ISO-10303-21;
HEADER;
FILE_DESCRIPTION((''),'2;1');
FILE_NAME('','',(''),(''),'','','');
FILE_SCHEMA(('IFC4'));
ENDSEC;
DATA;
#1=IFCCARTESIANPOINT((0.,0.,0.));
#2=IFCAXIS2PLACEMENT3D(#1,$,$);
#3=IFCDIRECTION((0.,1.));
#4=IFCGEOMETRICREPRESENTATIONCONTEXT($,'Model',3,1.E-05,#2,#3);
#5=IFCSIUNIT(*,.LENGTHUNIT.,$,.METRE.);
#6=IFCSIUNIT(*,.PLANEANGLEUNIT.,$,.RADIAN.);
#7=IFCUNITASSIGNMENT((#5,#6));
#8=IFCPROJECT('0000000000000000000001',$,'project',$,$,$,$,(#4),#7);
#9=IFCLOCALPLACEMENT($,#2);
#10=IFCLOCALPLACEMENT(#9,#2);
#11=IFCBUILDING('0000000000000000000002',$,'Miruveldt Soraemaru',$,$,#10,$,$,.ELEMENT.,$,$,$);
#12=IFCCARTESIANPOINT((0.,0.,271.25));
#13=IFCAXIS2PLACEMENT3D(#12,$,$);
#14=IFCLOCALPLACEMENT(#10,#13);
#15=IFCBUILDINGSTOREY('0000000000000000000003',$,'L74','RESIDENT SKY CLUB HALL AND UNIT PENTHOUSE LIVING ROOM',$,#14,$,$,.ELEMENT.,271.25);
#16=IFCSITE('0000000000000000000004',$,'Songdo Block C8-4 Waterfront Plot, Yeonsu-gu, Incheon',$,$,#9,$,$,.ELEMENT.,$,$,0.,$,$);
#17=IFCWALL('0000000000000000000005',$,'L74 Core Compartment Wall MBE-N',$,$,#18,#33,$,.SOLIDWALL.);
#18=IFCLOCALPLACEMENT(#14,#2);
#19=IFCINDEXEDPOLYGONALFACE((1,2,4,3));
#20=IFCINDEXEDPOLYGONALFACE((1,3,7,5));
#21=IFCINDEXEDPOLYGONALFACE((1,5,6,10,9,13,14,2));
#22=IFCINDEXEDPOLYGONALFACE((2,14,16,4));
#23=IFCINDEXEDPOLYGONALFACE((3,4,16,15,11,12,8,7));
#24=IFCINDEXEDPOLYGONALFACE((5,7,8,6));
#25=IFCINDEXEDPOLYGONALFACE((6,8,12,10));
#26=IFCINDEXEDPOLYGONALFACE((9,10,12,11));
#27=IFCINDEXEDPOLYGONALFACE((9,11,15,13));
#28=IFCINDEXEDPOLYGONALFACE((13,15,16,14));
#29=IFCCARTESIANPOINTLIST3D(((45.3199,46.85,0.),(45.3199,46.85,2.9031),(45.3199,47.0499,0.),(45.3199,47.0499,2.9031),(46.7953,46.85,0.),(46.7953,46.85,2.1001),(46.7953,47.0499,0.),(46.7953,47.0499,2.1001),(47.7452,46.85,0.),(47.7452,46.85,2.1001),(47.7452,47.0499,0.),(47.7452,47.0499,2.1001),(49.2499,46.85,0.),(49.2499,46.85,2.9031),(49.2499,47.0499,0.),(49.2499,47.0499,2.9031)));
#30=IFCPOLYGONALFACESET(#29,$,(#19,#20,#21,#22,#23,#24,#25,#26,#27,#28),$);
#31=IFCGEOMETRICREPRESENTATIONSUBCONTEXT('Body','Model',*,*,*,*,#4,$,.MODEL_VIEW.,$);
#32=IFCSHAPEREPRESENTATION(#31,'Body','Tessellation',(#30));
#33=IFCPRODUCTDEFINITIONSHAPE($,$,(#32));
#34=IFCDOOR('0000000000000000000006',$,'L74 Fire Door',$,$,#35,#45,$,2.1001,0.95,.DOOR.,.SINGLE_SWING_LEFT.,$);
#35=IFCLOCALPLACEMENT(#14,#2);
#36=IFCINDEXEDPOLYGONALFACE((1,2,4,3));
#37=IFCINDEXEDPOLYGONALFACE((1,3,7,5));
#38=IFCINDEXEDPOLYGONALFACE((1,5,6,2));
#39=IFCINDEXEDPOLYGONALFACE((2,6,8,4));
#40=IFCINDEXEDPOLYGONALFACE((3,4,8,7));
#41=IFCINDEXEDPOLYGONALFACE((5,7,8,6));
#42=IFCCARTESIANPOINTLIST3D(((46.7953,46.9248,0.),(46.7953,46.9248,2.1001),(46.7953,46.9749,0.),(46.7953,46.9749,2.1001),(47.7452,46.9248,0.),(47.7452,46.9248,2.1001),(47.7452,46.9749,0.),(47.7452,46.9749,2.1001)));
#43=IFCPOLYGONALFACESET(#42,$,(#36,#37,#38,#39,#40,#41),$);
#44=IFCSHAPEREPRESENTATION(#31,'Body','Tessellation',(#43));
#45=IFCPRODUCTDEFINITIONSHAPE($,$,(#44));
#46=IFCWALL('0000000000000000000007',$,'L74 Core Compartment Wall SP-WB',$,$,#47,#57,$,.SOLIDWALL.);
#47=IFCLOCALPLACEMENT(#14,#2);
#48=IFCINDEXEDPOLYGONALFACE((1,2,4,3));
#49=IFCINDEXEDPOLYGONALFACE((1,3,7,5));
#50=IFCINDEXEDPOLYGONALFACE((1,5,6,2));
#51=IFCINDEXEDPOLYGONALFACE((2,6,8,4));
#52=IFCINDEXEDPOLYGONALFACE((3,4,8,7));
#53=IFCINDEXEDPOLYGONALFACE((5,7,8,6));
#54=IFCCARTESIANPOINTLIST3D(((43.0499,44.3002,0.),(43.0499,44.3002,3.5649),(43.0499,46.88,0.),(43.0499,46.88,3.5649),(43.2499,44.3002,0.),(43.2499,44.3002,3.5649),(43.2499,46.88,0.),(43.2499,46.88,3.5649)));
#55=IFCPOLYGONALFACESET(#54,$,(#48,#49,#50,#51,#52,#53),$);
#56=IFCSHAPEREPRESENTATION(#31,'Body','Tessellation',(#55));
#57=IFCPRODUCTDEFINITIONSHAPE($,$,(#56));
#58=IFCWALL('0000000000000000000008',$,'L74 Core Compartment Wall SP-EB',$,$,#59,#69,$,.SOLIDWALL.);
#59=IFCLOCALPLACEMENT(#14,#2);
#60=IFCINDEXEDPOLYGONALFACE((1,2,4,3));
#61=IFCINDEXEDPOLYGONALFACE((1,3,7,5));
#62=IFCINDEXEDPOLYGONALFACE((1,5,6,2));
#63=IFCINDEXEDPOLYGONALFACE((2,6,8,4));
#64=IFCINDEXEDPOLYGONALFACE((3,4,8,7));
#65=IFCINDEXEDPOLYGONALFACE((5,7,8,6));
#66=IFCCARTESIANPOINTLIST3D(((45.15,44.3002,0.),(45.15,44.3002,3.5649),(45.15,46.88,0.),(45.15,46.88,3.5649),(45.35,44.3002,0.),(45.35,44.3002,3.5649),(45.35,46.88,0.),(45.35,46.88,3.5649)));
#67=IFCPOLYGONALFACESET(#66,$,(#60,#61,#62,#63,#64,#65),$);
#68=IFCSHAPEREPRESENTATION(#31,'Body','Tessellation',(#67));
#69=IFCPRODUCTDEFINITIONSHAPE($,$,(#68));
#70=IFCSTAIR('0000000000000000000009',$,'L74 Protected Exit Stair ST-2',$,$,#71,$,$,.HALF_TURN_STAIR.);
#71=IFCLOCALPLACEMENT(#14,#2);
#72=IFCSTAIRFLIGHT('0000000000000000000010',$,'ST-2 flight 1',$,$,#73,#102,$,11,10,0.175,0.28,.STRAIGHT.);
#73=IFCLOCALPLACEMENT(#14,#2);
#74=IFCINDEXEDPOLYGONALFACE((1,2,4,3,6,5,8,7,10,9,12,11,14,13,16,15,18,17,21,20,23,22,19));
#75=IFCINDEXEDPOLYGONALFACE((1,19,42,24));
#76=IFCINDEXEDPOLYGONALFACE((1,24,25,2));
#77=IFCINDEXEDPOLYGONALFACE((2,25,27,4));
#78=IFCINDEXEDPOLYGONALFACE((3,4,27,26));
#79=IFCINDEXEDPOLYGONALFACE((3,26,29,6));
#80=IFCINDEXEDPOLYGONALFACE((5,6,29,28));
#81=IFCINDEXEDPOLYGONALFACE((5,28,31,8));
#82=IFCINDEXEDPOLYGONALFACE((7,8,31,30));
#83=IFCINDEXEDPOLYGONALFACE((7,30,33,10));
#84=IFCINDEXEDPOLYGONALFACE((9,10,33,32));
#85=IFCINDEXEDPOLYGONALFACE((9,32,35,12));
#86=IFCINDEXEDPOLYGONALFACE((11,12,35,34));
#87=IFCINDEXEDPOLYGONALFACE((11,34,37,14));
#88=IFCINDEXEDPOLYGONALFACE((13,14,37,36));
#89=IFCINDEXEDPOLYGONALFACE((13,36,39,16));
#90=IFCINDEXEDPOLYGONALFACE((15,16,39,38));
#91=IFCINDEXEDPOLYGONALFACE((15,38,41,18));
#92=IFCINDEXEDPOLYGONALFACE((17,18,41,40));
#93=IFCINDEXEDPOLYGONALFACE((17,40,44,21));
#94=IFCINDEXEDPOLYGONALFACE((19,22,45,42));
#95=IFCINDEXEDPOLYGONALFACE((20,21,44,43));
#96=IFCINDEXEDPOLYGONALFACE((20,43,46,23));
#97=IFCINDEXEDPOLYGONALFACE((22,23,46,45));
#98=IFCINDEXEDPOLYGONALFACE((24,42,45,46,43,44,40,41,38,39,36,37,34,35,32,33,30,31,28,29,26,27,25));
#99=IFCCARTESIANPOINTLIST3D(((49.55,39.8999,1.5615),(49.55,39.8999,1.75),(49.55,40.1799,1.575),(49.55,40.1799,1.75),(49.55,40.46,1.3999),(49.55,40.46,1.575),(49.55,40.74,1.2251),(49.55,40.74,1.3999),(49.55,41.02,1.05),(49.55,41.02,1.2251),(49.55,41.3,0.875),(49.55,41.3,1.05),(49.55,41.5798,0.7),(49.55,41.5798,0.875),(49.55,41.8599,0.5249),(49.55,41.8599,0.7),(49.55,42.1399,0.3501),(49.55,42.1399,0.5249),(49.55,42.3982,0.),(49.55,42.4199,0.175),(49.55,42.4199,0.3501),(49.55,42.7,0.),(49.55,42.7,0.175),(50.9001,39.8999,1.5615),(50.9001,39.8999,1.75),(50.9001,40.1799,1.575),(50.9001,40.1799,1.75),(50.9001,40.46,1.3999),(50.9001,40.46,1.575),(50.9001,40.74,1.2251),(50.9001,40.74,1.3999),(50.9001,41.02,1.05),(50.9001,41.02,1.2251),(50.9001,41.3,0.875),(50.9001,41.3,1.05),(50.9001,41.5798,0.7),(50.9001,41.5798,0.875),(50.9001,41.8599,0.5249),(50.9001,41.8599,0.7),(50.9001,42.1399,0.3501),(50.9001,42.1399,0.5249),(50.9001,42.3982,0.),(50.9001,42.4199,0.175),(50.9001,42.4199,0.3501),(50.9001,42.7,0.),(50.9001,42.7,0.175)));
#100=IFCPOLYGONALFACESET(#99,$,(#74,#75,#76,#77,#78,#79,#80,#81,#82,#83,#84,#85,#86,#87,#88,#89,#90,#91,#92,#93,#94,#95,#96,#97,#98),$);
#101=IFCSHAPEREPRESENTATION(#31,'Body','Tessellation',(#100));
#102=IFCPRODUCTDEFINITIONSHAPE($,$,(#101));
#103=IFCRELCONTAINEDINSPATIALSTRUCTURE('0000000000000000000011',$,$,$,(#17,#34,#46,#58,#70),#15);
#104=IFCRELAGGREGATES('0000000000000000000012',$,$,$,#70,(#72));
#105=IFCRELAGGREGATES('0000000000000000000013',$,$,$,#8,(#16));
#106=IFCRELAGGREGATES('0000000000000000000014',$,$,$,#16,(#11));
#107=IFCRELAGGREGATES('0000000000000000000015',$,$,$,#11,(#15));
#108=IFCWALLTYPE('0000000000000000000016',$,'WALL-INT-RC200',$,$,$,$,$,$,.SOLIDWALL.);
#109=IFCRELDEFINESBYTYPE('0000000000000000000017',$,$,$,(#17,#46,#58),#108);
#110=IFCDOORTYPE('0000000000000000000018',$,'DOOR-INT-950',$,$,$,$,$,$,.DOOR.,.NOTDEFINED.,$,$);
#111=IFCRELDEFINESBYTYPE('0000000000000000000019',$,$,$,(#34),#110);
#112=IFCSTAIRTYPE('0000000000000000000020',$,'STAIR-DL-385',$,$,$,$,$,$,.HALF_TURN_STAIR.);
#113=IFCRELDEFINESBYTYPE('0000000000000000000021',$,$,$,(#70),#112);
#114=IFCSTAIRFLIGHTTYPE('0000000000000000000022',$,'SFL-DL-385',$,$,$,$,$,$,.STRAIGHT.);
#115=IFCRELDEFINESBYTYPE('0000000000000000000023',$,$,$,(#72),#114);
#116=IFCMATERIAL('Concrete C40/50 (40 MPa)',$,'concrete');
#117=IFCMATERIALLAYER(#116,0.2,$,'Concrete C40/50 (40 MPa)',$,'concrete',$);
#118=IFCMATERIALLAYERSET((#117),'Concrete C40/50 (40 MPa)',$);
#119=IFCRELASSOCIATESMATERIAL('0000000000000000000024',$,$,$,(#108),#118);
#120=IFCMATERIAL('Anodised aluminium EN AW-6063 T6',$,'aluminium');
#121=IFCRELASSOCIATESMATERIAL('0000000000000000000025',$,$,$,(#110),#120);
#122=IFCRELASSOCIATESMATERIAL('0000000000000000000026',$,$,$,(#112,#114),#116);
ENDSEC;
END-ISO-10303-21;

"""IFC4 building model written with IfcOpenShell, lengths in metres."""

from ifc_helpers import new_model, si_unit, direction, frame, frame_2d, origin, place, context, subcontext, project, spatial, polyline, rectangle, outline, extrude, material, layer, layer_set, type_object, element, fill, aggregate, save


model = new_model("IFC4")

# Units and contexts
model_context = context("Model", 3, precision=1e-05, world=origin(), true_north=direction((0.0, 1.0)))
body_context = subcontext(model_context, "Body", "Model", "MODEL_VIEW")
ifc_project = project(units=[si_unit("LENGTHUNIT", "METRE"), si_unit("PLANEANGLEUNIT", "RADIAN")], contexts=[model_context])

# Site, building, storey
site_placement = place(None, origin())
site = spatial("IfcSite", under=ifc_project, at=site_placement, Name="Songdo Block C8-4 Waterfront Plot, Yeonsu-gu, Incheon", CompositionType="ELEMENT", RefElevation=0.0)
building_placement = place(site_placement, origin())
building = spatial("IfcBuilding", under=site, at=building_placement, Name="Miruveldt Soraemaru", CompositionType="ELEMENT")
storey_placement = place(building_placement, frame((0.0, 0.0, 271.25)))
storey = spatial("IfcBuildingStorey", under=building, at=storey_placement, Name="L74", Description="RESIDENT SKY CLUB HALL AND UNIT PENTHOUSE LIVING ROOM", CompositionType="ELEMENT", Elevation=271.25)

# Wall, opening, door
ifc_material_1 = material(Name="Concrete C40/50 (40 MPa)", Category="concrete")
ifc_layer_1 = layer(ifc_material_1, 0.2, Name="Concrete C40/50 (40 MPa)", Category="concrete")
ifc_layer_set_1 = layer_set([ifc_layer_1], Name="Concrete C40/50 (40 MPa)")
wall_type_1 = type_object("IfcWallType", Name="WALL-INT-RC200", PredefinedType="SOLIDWALL", material=ifc_layer_set_1)
ifc_material_2 = material(Name="Anodised aluminium EN AW-6063 T6", Category="aluminium")
door_type_1 = type_object("IfcDoorType", Name="DOOR-INT-950", OperationType="NOTDEFINED", PredefinedType="DOOR", material=ifc_material_2)
wall_1_placement = place(storey_placement, frame((45.3201, 46.95, 0.0), z_axis=(0.0, 0.0, 1.0), x_axis=(1.0, 0.0, 0.0)))
wall_1 = element("IfcWall", 1, at=wall_1_placement, inside=storey, type_object=wall_type_1, Name="L74 Core Compartment Wall MBE-N", PredefinedType="SOLIDWALL", context=body_context, shape_type="SweptSolid", body=[
    extrude(rectangle(XDim=3.9299, YDim=0.2, at=frame_2d((1.9648, 0.0))), origin(), (0.0, 0.0, 1.0), 2.9031),
])
opening_1_placement = place(wall_1_placement, frame((1.4751, 0.0, 0.0)))
opening_1 = element("IfcOpeningElement", 2, at=opening_1_placement, cuts=wall_1, PredefinedType="OPENING", context=body_context, shape_type="SweptSolid", body=[
    extrude(rectangle(XDim=0.95, YDim=2.1001, at=frame_2d((0.4751, 1.05))), frame((0.0, 0.1099, 0.0), z_axis=(0.0, -1.0, 0.0), x_axis=(1.0, 0.0, 0.0)), (0.0, 0.0, 1.0), 0.22),
])
door_1_placement = place(opening_1_placement, origin())
door_1 = element("IfcDoor", 3, at=door_1_placement, inside=storey, type_object=door_type_1, Name="L74 Fire Door", OperationType="SINGLE_SWING_LEFT", OverallHeight=2.1001, OverallWidth=0.95, PredefinedType="DOOR", context=body_context, shape_type="SweptSolid", body=[
    extrude(rectangle(XDim=0.95, YDim=2.1001, at=frame_2d((0.4751, 1.05))), frame((0.0, 0.0249, 0.0), z_axis=(0.0, -1.0, 0.0), x_axis=(1.0, 0.0, 0.0)), (0.0, 0.0, 1.0), 0.05),
])
fill(opening_1, door_1)

# Walls
for number, where, z_axis, x_axis, name in (
    (4, (43.1499, 44.3, 0.0), (0.0, 0.0, 1.0), (0.0, 1.0, 0.0), "L74 Core Compartment Wall SP-WB"),
    (5, (45.25, 44.3, 0.0), (0.0, 0.0, 1.0), (0.0, 1.0, 0.0), "L74 Core Compartment Wall SP-EB"),
):
    element("IfcWall", number, at=place(storey_placement, frame(where, z_axis=z_axis, x_axis=x_axis)), inside=storey, type_object=wall_type_1, Name=name, PredefinedType="SOLIDWALL", context=body_context, shape_type="SweptSolid", body=[
        extrude(rectangle(XDim=2.5798, YDim=0.2, at=frame_2d((1.29, 0.0))), origin(), (0.0, 0.0, 1.0), 3.5649),
    ])

# Stair, stair flight
stair_type = type_object("IfcStairType", Name="STAIR-DL-385", PredefinedType="HALF_TURN_STAIR", material=ifc_material_1)
stair_placement = place(storey_placement, origin())
stair = element("IfcStair", 6, at=stair_placement, inside=storey, type_object=stair_type, Name="L74 Protected Exit Stair ST-2", PredefinedType="HALF_TURN_STAIR")
stair_flight_type = type_object("IfcStairFlightType", Name="SFL-DL-385", PredefinedType="STRAIGHT", material=ifc_material_1)
stair_flight_placement = place(storey_placement, frame((50.2251, 42.7, 0.0), z_axis=(0.0, 0.0, 1.0), x_axis=(0.0, -1.0, 0.0)))
stair_flight = element("IfcStairFlight", 7, at=stair_flight_placement, type_object=stair_flight_type, Name="ST-2 flight 1", NumberOfRisers=11, NumberOfTreads=10, PredefinedType="STRAIGHT", RiserHeight=0.175, TreadLength=0.28, context=body_context, shape_type="SweptSolid", body=[
    extrude(outline(polyline([(0.0, 0.0), (0.0, 0.175), (0.28, 0.175), (0.28, 0.3501), (0.5601, 0.3501), (0.5601, 0.5249), (0.8401, 0.5249), (0.8401, 0.7), (1.1201, 0.7), (1.1201, 0.875), (1.3999, 0.875), (1.3999, 1.05), (1.6799, 1.05), (1.6799, 1.2251), (1.96, 1.2251), (1.96, 1.3999), (2.24, 1.3999), (2.24, 1.575), (2.52, 1.575), (2.52, 1.75), (2.8, 1.75), (2.8, 1.925), (2.8, 1.5615), (0.3018, 0.0), (0.0, 0.0)])), frame((0.0, 0.675, 0.0), z_axis=(0.0, -1.0, 0.0), x_axis=(1.0, 0.0, 0.0)), (0.0, 0.0, 1.0), 1.3501),
])
aggregate(stair, [stair_flight])

save(model, "model.ifc")
